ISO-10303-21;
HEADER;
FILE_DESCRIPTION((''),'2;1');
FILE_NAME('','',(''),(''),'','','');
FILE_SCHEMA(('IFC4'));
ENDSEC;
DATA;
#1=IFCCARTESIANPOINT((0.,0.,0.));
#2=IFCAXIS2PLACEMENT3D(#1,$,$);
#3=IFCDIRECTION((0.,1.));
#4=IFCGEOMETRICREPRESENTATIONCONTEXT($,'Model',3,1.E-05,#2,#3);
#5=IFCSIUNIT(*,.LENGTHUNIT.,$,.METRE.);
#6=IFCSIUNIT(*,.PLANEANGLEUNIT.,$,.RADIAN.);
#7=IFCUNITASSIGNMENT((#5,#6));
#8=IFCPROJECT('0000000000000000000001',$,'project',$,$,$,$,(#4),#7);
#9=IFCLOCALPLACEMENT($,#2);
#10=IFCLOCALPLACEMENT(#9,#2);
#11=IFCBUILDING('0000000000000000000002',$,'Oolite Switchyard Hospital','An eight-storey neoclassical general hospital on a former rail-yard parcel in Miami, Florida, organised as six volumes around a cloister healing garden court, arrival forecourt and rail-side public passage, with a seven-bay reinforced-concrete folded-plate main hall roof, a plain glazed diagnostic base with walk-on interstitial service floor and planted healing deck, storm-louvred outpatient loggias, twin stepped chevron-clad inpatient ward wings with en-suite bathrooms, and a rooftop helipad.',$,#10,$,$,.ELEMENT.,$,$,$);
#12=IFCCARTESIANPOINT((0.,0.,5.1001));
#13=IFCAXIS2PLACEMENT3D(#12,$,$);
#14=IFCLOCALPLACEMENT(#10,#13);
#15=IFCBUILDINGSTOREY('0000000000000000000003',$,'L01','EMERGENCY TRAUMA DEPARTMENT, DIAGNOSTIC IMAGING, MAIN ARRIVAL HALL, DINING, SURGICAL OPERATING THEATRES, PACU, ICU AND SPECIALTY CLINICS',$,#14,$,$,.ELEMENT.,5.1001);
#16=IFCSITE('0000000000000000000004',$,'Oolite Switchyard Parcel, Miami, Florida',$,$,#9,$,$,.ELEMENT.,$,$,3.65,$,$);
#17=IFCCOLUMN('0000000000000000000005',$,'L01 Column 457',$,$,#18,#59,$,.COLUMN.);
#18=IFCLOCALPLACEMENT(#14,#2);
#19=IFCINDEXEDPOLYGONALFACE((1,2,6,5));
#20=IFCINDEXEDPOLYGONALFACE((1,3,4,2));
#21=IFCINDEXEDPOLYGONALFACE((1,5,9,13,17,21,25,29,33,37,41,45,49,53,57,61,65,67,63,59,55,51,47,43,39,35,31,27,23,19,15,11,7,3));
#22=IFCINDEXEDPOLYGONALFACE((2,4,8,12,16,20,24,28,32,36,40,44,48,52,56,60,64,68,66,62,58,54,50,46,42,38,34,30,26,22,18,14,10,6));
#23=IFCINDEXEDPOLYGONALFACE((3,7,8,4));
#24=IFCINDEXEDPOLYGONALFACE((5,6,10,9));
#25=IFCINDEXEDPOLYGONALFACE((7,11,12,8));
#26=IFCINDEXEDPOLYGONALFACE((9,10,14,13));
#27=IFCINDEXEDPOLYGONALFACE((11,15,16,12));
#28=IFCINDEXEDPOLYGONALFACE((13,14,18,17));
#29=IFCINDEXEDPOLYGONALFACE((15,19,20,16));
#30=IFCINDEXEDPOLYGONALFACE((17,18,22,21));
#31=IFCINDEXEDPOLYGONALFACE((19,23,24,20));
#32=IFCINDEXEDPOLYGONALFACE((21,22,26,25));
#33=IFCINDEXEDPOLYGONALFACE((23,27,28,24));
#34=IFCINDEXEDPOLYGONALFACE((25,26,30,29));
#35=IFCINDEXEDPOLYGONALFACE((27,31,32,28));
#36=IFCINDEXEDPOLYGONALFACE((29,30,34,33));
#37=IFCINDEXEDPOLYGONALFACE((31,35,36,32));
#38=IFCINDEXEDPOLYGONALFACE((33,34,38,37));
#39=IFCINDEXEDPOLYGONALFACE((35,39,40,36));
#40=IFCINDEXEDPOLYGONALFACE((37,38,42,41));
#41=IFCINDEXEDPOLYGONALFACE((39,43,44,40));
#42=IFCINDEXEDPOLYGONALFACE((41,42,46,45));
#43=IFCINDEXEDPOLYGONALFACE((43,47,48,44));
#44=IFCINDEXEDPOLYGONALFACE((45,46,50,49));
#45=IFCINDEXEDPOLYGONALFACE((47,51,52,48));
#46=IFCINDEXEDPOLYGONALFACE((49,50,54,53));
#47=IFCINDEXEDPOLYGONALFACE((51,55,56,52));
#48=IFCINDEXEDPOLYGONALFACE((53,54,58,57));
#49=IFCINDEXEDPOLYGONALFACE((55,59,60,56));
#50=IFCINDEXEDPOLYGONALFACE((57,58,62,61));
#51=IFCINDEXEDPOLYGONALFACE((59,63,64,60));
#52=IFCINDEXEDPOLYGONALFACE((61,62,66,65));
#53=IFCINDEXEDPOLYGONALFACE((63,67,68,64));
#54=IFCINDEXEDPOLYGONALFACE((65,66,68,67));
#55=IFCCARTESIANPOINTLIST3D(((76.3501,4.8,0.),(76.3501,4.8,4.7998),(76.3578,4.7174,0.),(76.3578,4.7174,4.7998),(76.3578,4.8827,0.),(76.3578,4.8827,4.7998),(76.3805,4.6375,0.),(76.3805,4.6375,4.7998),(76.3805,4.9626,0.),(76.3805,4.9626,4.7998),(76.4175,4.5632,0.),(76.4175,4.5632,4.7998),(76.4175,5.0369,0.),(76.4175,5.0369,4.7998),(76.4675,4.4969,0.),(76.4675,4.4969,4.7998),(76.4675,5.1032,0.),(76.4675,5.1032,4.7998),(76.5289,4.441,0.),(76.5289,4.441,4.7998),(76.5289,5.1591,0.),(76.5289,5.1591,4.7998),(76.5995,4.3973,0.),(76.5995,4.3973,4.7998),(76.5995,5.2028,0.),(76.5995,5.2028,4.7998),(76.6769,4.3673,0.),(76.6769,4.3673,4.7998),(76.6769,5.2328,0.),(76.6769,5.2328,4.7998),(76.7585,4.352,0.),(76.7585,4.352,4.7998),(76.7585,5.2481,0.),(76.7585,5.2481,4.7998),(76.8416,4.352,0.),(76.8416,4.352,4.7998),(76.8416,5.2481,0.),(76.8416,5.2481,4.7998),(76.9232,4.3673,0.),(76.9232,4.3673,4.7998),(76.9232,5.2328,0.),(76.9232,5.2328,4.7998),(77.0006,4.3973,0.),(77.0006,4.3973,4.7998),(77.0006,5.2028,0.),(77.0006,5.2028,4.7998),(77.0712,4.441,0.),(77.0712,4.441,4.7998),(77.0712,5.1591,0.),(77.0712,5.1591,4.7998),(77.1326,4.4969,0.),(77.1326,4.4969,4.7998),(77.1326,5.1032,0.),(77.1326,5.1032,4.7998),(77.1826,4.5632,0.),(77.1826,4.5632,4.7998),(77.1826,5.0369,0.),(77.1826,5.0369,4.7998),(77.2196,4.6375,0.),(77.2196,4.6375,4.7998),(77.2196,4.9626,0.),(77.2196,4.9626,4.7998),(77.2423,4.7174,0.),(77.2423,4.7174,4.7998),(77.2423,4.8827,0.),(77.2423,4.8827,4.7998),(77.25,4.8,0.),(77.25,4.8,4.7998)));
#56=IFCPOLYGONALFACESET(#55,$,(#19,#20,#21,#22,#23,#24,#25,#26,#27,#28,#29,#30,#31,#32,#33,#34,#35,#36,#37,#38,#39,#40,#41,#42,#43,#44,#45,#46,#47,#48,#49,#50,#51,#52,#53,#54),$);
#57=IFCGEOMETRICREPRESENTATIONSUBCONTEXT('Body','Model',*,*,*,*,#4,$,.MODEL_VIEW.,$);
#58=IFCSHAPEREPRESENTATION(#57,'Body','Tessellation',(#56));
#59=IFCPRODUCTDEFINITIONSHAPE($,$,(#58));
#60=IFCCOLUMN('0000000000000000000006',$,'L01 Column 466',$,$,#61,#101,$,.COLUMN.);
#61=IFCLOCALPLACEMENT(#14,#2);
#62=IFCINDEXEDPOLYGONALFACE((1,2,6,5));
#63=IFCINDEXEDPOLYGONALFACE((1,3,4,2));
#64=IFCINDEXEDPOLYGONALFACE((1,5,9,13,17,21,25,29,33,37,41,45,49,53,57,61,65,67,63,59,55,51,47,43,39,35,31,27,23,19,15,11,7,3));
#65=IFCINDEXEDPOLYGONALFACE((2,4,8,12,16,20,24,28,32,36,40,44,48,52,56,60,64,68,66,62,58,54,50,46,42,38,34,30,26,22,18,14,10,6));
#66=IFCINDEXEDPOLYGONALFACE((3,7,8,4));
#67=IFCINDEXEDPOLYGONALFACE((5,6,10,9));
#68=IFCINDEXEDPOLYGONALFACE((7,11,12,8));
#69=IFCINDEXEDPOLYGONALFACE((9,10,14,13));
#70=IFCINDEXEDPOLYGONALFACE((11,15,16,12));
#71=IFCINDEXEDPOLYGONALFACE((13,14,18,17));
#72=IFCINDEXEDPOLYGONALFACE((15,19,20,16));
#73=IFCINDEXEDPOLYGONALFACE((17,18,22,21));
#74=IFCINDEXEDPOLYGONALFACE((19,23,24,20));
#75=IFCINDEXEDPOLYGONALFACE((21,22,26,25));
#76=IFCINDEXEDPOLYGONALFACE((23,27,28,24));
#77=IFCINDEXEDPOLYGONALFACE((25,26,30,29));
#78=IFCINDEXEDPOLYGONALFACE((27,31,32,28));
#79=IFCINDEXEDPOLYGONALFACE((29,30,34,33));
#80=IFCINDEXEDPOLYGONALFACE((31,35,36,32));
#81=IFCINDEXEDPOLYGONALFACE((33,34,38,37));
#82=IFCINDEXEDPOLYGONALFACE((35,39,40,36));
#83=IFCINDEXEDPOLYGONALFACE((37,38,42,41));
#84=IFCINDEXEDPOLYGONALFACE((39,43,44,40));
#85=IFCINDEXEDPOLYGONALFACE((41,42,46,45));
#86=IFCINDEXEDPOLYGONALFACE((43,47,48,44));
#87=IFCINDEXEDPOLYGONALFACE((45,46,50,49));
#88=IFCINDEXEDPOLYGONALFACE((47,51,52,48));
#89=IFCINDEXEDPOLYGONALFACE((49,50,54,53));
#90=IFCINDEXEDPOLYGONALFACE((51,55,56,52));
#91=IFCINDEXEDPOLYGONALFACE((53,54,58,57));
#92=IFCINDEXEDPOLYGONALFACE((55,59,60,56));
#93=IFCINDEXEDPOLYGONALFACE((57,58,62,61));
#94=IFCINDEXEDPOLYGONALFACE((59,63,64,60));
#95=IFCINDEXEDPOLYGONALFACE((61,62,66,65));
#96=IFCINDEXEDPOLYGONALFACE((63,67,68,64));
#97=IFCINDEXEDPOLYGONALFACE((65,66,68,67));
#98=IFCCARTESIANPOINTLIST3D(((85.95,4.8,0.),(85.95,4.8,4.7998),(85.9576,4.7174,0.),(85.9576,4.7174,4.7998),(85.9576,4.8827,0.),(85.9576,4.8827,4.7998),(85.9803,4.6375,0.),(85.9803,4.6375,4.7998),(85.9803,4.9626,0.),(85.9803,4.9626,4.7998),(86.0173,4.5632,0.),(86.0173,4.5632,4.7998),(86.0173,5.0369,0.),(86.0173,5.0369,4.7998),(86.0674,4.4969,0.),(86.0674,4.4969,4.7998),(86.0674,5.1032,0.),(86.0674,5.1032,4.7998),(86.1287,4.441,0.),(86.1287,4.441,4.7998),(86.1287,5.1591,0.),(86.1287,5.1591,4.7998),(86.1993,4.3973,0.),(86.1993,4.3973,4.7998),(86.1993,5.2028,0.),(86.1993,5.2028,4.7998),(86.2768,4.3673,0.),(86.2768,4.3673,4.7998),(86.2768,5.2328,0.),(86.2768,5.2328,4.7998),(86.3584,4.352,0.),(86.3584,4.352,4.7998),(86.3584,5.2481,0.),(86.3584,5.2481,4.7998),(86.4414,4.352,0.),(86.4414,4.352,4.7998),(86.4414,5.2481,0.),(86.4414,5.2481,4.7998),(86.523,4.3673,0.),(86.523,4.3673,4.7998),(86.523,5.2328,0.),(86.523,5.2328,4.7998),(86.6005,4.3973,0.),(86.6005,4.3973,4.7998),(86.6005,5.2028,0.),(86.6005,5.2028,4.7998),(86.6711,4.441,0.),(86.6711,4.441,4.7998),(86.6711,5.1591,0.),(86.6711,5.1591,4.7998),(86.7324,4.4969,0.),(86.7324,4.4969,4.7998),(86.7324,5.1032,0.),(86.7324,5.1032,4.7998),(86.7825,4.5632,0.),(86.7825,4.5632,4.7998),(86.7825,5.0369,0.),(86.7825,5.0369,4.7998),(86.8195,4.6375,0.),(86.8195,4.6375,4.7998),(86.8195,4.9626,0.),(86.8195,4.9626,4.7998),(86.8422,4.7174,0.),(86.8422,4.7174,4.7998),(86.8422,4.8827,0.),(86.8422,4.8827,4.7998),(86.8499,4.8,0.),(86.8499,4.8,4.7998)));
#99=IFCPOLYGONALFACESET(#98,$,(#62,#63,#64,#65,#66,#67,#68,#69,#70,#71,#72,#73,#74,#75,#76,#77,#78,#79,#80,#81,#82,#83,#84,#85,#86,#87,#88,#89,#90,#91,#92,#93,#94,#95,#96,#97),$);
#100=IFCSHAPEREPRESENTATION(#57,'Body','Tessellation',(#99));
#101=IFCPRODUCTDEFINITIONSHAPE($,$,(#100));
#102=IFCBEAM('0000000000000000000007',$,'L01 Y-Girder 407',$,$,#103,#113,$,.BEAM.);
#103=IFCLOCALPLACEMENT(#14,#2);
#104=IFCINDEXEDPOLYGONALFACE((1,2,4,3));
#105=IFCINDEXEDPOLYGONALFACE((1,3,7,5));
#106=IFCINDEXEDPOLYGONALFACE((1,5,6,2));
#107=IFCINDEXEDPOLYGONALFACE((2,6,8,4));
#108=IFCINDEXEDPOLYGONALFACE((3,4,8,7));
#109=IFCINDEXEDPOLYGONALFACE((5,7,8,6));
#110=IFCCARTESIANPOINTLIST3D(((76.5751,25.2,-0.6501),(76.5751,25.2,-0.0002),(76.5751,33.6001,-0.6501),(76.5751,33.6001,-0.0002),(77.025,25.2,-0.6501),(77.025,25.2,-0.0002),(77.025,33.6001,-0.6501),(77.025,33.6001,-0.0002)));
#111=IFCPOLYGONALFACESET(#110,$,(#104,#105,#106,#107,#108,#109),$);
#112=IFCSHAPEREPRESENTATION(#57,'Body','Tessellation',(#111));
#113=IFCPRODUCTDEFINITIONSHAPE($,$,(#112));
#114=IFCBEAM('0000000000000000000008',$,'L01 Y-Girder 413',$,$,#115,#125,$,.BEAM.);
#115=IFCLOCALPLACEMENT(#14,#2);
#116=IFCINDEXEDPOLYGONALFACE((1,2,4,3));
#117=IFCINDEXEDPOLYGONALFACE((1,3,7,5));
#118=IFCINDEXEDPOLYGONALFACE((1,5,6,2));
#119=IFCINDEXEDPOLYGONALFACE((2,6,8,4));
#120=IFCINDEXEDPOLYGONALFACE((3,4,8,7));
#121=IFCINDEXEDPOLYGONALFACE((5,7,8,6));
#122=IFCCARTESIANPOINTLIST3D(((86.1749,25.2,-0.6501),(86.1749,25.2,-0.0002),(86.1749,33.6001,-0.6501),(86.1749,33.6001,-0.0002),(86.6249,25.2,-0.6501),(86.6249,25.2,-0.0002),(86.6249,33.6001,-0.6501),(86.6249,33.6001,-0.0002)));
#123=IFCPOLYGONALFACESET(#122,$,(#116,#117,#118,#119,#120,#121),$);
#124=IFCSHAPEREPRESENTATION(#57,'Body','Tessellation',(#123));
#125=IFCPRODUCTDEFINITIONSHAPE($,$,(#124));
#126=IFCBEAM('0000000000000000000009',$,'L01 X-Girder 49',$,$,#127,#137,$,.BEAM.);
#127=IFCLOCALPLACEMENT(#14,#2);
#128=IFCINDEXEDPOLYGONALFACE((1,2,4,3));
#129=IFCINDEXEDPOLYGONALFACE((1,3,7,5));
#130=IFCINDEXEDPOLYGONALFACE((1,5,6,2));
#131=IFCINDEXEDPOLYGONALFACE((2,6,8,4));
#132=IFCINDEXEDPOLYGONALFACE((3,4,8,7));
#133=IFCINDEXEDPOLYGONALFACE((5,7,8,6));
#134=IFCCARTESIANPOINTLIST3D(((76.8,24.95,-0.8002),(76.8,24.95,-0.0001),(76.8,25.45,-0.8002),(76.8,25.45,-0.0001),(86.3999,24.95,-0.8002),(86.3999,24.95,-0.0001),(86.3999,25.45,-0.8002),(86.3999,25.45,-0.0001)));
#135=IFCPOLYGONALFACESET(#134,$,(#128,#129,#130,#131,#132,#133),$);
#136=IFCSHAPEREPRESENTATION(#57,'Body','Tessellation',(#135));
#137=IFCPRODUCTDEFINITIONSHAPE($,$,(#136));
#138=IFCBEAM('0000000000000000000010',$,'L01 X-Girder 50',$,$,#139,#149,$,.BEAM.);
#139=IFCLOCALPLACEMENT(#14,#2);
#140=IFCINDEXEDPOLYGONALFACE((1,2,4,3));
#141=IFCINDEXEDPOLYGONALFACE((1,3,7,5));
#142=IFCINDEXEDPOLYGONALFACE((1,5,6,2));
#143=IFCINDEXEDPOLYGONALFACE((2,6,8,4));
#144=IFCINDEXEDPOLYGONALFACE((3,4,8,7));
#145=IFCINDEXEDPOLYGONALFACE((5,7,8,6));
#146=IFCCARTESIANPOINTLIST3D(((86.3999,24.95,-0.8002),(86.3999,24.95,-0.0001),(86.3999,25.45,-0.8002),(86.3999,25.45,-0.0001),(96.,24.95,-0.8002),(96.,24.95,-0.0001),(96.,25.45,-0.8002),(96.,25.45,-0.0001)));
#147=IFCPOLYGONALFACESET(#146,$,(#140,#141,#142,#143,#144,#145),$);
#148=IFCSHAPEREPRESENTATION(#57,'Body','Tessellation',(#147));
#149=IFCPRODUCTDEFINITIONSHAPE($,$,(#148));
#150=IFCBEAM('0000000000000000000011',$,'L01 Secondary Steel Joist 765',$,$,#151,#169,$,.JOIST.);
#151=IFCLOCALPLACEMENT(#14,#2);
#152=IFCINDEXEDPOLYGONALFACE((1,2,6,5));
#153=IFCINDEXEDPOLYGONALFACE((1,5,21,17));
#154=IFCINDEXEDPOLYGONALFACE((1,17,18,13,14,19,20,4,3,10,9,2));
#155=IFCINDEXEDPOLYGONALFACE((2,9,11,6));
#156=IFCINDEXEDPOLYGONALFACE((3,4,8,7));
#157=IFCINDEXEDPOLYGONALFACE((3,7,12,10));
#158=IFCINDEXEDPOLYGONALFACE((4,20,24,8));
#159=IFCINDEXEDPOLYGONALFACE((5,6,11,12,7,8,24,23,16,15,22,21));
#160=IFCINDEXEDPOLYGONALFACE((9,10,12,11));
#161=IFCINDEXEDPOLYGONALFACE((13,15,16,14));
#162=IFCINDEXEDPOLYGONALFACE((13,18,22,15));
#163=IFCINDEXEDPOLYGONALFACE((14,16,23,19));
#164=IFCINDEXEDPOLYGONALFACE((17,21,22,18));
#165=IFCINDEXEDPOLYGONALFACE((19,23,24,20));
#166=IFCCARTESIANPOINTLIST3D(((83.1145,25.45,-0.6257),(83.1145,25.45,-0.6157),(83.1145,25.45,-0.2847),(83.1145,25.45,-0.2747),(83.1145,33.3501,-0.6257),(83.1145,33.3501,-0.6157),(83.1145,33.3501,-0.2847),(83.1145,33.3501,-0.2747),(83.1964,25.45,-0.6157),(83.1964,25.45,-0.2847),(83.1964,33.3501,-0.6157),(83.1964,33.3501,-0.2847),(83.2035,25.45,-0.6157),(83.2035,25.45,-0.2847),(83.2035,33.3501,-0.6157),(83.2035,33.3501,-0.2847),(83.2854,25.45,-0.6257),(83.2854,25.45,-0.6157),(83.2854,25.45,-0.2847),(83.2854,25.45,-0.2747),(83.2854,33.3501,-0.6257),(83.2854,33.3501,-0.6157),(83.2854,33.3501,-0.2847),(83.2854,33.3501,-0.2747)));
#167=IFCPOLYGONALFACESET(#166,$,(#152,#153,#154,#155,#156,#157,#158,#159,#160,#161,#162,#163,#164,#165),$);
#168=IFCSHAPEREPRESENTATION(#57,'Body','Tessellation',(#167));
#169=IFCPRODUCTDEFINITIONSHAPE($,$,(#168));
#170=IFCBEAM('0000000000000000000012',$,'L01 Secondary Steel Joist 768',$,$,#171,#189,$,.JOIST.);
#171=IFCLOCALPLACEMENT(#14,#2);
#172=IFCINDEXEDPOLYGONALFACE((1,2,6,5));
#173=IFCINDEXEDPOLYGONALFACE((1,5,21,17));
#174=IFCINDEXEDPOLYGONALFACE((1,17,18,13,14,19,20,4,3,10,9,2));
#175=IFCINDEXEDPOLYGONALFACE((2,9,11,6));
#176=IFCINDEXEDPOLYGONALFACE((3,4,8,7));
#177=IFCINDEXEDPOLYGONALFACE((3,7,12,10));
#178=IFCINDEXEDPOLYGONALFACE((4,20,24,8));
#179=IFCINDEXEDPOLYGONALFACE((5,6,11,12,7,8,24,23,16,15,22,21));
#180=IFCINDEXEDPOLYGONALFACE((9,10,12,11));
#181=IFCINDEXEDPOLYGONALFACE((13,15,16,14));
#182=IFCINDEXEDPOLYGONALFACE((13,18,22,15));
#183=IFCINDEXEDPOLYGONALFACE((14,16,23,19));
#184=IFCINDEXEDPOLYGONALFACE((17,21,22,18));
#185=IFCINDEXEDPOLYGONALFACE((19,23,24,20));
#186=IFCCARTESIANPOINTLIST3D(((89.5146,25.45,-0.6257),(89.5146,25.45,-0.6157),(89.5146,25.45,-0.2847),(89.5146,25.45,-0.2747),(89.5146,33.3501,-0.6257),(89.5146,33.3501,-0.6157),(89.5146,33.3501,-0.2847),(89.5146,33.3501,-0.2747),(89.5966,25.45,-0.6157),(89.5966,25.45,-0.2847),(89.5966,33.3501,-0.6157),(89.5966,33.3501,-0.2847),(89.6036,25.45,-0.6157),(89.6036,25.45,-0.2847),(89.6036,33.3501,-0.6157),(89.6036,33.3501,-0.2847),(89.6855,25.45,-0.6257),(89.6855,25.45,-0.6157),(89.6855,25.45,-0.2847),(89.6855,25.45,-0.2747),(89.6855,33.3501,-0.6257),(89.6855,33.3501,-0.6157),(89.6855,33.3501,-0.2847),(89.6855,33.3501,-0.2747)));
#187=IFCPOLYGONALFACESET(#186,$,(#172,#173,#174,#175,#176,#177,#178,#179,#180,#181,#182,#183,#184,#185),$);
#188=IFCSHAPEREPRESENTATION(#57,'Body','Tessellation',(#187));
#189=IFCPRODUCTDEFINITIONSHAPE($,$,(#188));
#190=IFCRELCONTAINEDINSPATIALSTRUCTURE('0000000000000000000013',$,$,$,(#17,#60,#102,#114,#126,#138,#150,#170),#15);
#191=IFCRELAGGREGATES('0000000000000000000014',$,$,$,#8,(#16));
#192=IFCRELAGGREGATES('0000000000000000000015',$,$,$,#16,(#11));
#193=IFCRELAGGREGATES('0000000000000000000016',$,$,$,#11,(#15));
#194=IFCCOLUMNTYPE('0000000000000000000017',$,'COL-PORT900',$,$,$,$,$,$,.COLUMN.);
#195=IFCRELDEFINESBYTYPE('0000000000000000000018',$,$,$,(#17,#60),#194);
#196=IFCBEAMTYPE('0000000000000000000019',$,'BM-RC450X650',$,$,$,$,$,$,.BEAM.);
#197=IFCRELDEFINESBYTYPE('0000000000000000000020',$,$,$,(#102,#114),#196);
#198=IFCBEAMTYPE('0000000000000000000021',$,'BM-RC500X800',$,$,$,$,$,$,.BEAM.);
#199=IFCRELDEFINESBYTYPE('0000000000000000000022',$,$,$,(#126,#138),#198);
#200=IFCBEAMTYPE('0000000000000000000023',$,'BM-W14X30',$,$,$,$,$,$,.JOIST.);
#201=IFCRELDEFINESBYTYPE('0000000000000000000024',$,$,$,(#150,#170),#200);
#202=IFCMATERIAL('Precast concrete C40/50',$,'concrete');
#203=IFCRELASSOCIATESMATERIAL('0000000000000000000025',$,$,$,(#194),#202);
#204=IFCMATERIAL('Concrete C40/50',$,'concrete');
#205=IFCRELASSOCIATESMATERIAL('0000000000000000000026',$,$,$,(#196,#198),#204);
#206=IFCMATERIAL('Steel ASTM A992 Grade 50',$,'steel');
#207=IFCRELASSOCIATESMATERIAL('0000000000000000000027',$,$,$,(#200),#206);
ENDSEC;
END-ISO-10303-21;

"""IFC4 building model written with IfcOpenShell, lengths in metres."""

from ifc_helpers import new_model, si_unit, direction, frame, origin, origin_2d, place, context, subcontext, project, spatial, rectangle, circle, i_section, extrude, material, material_profile, profile_set, type_object, element, save


model = new_model("IFC4")

# Units and contexts
model_context = context("Model", 3, precision=1e-05, world=origin(), true_north=direction((0.0, 1.0)))
body_context = subcontext(model_context, "Body", "Model", "MODEL_VIEW")
ifc_project = project(units=[si_unit("LENGTHUNIT", "METRE"), si_unit("PLANEANGLEUNIT", "RADIAN")], contexts=[model_context])

# Site, building, storey
site_placement = place(None, origin())
site = spatial("IfcSite", under=ifc_project, at=site_placement, Name="Oolite Switchyard Parcel, Miami, Florida", CompositionType="ELEMENT", RefElevation=3.65)
building_placement = place(site_placement, origin())
building = spatial("IfcBuilding", under=site, at=building_placement, Name="Oolite Switchyard Hospital", Description="An eight-storey neoclassical general hospital on a former rail-yard parcel in Miami, Florida, organised as six volumes around a cloister healing garden court, arrival forecourt and rail-side public passage, with a seven-bay reinforced-concrete folded-plate main hall roof, a plain glazed diagnostic base with walk-on interstitial service floor and planted healing deck, storm-louvred outpatient loggias, twin stepped chevron-clad inpatient ward wings with en-suite bathrooms, and a rooftop helipad.", CompositionType="ELEMENT")
storey_placement = place(building_placement, frame((0.0, 0.0, 5.1001)))
storey = spatial("IfcBuildingStorey", under=building, at=storey_placement, Name="L01", Description="EMERGENCY TRAUMA DEPARTMENT, DIAGNOSTIC IMAGING, MAIN ARRIVAL HALL, DINING, SURGICAL OPERATING THEATRES, PACU, ICU AND SPECIALTY CLINICS", CompositionType="ELEMENT", Elevation=5.1001)

# Columns
ifc_material_1 = material(Name="Precast concrete C40/50", Category="concrete")
ifc_material_profile_1 = material_profile(ifc_material_1, circle(Radius=0.45, at=origin_2d()), Name="RCCOL900")
ifc_profile_set_1 = profile_set([ifc_material_profile_1], Name="Precast concrete C40/50")
column_type = type_object("IfcColumnType", Name="COL-PORT900", PredefinedType="COLUMN", material=ifc_profile_set_1)
for number, where, z_axis, x_axis, name in (
    (1, (76.8, 4.8, 0.0), (0.0, 0.0, 1.0), (1.0, 0.0, 0.0), "L01 Column 457"),
    (2, (86.3999, 4.8, 0.0), (0.0, 0.0, 1.0), (1.0, 0.0, 0.0), "L01 Column 466"),
):
    element("IfcColumn", number, at=place(storey_placement, frame(where, z_axis=z_axis, x_axis=x_axis)), inside=storey, type_object=column_type, Name=name, PredefinedType="COLUMN", context=body_context, shape_type="SweptSolid", body=[
        extrude(circle(Radius=0.45, at=origin_2d()), origin(), (0.0, 0.0, 1.0), 4.7998),
    ])

# Beams
ifc_material_2 = material(Name="Concrete C40/50", Category="concrete")
ifc_material_profile_2 = material_profile(ifc_material_2, rectangle(XDim=0.45, YDim=0.6499, at=origin_2d()), Name="RCB450X650")
ifc_profile_set_2 = profile_set([ifc_material_profile_2], Name="Concrete C40/50")
beam_type_1 = type_object("IfcBeamType", Name="BM-RC450X650", PredefinedType="BEAM", material=ifc_profile_set_2)
for number, where, z_axis, x_axis, name in (
    (3, (76.8, 25.2, -0.3252), (0.0, 1.0, 0.0), (-1.0, 0.0, 0.0), "L01 Y-Girder 407"),
    (4, (86.3999, 25.2, -0.3252), (0.0, 1.0, 0.0), (-1.0, 0.0, 0.0), "L01 Y-Girder 413"),
):
    element("IfcBeam", number, at=place(storey_placement, frame(where, z_axis=z_axis, x_axis=x_axis)), inside=storey, type_object=beam_type_1, Name=name, PredefinedType="BEAM", context=body_context, shape_type="SweptSolid", body=[
        extrude(rectangle(XDim=0.45, YDim=0.6499, at=origin_2d()), origin(), (0.0, 0.0, 1.0), 8.4001),
    ])
ifc_material_profile_3 = material_profile(ifc_material_2, rectangle(XDim=0.5, YDim=0.8, at=origin_2d()), Name="RCB500X800")
ifc_profile_set_3 = profile_set([ifc_material_profile_3], Name="Concrete C40/50")
beam_type_2 = type_object("IfcBeamType", Name="BM-RC500X800", PredefinedType="BEAM", material=ifc_profile_set_3)
beam_1_placement = place(storey_placement, frame((76.8, 25.2, -0.4001), z_axis=(1.0, 0.0, 0.0), x_axis=(0.0, 1.0, 0.0)))
element("IfcBeam", 5, at=beam_1_placement, inside=storey, type_object=beam_type_2, Name="L01 X-Girder 49", PredefinedType="BEAM", context=body_context, shape_type="SweptSolid", body=[
    extrude(rectangle(XDim=0.5, YDim=0.8, at=origin_2d()), origin(), (0.0, 0.0, 1.0), 9.5999),
])
beam_2_placement = place(storey_placement, frame((86.3999, 25.2, -0.4001), z_axis=(1.0, 0.0, 0.0), x_axis=(0.0, 1.0, 0.0)))
element("IfcBeam", 6, at=beam_2_placement, inside=storey, type_object=beam_type_2, Name="L01 X-Girder 50", PredefinedType="BEAM", context=body_context, shape_type="SweptSolid", body=[
    extrude(rectangle(XDim=0.5, YDim=0.8, at=origin_2d()), origin(), (0.0, 0.0, 1.0), 9.6001),
])
ifc_material_3 = material(Name="Steel ASTM A992 Grade 50", Category="steel")
ifc_material_profile_4 = material_profile(ifc_material_3, i_section(OverallWidth=0.1709, OverallDepth=0.3511, WebThickness=0.0071, FlangeThickness=0.01, at=origin_2d()), Name="W14X30")
ifc_profile_set_4 = profile_set([ifc_material_profile_4], Name="Steel ASTM A992 Grade 50")
beam_type_3 = type_object("IfcBeamType", Name="BM-W14X30", PredefinedType="JOIST", material=ifc_profile_set_4)
for number, where, z_axis, x_axis, name in (
    (7, (83.2, 25.45, -0.4502), (0.0, 1.0, 0.0), (-1.0, 0.0, 0.0), "L01 Secondary Steel Joist 765"),
    (8, (89.6001, 25.45, -0.4502), (0.0, 1.0, 0.0), (-1.0, 0.0, 0.0), "L01 Secondary Steel Joist 768"),
):
    element("IfcBeam", number, at=place(storey_placement, frame(where, z_axis=z_axis, x_axis=x_axis)), inside=storey, type_object=beam_type_3, Name=name, PredefinedType="JOIST", context=body_context, shape_type="SweptSolid", body=[
        extrude(i_section(OverallWidth=0.1709, OverallDepth=0.3511, WebThickness=0.0071, FlangeThickness=0.01, at=origin_2d()), origin(), (0.0, 0.0, 1.0), 7.9001),
    ])

save(model, "model.ifc")
